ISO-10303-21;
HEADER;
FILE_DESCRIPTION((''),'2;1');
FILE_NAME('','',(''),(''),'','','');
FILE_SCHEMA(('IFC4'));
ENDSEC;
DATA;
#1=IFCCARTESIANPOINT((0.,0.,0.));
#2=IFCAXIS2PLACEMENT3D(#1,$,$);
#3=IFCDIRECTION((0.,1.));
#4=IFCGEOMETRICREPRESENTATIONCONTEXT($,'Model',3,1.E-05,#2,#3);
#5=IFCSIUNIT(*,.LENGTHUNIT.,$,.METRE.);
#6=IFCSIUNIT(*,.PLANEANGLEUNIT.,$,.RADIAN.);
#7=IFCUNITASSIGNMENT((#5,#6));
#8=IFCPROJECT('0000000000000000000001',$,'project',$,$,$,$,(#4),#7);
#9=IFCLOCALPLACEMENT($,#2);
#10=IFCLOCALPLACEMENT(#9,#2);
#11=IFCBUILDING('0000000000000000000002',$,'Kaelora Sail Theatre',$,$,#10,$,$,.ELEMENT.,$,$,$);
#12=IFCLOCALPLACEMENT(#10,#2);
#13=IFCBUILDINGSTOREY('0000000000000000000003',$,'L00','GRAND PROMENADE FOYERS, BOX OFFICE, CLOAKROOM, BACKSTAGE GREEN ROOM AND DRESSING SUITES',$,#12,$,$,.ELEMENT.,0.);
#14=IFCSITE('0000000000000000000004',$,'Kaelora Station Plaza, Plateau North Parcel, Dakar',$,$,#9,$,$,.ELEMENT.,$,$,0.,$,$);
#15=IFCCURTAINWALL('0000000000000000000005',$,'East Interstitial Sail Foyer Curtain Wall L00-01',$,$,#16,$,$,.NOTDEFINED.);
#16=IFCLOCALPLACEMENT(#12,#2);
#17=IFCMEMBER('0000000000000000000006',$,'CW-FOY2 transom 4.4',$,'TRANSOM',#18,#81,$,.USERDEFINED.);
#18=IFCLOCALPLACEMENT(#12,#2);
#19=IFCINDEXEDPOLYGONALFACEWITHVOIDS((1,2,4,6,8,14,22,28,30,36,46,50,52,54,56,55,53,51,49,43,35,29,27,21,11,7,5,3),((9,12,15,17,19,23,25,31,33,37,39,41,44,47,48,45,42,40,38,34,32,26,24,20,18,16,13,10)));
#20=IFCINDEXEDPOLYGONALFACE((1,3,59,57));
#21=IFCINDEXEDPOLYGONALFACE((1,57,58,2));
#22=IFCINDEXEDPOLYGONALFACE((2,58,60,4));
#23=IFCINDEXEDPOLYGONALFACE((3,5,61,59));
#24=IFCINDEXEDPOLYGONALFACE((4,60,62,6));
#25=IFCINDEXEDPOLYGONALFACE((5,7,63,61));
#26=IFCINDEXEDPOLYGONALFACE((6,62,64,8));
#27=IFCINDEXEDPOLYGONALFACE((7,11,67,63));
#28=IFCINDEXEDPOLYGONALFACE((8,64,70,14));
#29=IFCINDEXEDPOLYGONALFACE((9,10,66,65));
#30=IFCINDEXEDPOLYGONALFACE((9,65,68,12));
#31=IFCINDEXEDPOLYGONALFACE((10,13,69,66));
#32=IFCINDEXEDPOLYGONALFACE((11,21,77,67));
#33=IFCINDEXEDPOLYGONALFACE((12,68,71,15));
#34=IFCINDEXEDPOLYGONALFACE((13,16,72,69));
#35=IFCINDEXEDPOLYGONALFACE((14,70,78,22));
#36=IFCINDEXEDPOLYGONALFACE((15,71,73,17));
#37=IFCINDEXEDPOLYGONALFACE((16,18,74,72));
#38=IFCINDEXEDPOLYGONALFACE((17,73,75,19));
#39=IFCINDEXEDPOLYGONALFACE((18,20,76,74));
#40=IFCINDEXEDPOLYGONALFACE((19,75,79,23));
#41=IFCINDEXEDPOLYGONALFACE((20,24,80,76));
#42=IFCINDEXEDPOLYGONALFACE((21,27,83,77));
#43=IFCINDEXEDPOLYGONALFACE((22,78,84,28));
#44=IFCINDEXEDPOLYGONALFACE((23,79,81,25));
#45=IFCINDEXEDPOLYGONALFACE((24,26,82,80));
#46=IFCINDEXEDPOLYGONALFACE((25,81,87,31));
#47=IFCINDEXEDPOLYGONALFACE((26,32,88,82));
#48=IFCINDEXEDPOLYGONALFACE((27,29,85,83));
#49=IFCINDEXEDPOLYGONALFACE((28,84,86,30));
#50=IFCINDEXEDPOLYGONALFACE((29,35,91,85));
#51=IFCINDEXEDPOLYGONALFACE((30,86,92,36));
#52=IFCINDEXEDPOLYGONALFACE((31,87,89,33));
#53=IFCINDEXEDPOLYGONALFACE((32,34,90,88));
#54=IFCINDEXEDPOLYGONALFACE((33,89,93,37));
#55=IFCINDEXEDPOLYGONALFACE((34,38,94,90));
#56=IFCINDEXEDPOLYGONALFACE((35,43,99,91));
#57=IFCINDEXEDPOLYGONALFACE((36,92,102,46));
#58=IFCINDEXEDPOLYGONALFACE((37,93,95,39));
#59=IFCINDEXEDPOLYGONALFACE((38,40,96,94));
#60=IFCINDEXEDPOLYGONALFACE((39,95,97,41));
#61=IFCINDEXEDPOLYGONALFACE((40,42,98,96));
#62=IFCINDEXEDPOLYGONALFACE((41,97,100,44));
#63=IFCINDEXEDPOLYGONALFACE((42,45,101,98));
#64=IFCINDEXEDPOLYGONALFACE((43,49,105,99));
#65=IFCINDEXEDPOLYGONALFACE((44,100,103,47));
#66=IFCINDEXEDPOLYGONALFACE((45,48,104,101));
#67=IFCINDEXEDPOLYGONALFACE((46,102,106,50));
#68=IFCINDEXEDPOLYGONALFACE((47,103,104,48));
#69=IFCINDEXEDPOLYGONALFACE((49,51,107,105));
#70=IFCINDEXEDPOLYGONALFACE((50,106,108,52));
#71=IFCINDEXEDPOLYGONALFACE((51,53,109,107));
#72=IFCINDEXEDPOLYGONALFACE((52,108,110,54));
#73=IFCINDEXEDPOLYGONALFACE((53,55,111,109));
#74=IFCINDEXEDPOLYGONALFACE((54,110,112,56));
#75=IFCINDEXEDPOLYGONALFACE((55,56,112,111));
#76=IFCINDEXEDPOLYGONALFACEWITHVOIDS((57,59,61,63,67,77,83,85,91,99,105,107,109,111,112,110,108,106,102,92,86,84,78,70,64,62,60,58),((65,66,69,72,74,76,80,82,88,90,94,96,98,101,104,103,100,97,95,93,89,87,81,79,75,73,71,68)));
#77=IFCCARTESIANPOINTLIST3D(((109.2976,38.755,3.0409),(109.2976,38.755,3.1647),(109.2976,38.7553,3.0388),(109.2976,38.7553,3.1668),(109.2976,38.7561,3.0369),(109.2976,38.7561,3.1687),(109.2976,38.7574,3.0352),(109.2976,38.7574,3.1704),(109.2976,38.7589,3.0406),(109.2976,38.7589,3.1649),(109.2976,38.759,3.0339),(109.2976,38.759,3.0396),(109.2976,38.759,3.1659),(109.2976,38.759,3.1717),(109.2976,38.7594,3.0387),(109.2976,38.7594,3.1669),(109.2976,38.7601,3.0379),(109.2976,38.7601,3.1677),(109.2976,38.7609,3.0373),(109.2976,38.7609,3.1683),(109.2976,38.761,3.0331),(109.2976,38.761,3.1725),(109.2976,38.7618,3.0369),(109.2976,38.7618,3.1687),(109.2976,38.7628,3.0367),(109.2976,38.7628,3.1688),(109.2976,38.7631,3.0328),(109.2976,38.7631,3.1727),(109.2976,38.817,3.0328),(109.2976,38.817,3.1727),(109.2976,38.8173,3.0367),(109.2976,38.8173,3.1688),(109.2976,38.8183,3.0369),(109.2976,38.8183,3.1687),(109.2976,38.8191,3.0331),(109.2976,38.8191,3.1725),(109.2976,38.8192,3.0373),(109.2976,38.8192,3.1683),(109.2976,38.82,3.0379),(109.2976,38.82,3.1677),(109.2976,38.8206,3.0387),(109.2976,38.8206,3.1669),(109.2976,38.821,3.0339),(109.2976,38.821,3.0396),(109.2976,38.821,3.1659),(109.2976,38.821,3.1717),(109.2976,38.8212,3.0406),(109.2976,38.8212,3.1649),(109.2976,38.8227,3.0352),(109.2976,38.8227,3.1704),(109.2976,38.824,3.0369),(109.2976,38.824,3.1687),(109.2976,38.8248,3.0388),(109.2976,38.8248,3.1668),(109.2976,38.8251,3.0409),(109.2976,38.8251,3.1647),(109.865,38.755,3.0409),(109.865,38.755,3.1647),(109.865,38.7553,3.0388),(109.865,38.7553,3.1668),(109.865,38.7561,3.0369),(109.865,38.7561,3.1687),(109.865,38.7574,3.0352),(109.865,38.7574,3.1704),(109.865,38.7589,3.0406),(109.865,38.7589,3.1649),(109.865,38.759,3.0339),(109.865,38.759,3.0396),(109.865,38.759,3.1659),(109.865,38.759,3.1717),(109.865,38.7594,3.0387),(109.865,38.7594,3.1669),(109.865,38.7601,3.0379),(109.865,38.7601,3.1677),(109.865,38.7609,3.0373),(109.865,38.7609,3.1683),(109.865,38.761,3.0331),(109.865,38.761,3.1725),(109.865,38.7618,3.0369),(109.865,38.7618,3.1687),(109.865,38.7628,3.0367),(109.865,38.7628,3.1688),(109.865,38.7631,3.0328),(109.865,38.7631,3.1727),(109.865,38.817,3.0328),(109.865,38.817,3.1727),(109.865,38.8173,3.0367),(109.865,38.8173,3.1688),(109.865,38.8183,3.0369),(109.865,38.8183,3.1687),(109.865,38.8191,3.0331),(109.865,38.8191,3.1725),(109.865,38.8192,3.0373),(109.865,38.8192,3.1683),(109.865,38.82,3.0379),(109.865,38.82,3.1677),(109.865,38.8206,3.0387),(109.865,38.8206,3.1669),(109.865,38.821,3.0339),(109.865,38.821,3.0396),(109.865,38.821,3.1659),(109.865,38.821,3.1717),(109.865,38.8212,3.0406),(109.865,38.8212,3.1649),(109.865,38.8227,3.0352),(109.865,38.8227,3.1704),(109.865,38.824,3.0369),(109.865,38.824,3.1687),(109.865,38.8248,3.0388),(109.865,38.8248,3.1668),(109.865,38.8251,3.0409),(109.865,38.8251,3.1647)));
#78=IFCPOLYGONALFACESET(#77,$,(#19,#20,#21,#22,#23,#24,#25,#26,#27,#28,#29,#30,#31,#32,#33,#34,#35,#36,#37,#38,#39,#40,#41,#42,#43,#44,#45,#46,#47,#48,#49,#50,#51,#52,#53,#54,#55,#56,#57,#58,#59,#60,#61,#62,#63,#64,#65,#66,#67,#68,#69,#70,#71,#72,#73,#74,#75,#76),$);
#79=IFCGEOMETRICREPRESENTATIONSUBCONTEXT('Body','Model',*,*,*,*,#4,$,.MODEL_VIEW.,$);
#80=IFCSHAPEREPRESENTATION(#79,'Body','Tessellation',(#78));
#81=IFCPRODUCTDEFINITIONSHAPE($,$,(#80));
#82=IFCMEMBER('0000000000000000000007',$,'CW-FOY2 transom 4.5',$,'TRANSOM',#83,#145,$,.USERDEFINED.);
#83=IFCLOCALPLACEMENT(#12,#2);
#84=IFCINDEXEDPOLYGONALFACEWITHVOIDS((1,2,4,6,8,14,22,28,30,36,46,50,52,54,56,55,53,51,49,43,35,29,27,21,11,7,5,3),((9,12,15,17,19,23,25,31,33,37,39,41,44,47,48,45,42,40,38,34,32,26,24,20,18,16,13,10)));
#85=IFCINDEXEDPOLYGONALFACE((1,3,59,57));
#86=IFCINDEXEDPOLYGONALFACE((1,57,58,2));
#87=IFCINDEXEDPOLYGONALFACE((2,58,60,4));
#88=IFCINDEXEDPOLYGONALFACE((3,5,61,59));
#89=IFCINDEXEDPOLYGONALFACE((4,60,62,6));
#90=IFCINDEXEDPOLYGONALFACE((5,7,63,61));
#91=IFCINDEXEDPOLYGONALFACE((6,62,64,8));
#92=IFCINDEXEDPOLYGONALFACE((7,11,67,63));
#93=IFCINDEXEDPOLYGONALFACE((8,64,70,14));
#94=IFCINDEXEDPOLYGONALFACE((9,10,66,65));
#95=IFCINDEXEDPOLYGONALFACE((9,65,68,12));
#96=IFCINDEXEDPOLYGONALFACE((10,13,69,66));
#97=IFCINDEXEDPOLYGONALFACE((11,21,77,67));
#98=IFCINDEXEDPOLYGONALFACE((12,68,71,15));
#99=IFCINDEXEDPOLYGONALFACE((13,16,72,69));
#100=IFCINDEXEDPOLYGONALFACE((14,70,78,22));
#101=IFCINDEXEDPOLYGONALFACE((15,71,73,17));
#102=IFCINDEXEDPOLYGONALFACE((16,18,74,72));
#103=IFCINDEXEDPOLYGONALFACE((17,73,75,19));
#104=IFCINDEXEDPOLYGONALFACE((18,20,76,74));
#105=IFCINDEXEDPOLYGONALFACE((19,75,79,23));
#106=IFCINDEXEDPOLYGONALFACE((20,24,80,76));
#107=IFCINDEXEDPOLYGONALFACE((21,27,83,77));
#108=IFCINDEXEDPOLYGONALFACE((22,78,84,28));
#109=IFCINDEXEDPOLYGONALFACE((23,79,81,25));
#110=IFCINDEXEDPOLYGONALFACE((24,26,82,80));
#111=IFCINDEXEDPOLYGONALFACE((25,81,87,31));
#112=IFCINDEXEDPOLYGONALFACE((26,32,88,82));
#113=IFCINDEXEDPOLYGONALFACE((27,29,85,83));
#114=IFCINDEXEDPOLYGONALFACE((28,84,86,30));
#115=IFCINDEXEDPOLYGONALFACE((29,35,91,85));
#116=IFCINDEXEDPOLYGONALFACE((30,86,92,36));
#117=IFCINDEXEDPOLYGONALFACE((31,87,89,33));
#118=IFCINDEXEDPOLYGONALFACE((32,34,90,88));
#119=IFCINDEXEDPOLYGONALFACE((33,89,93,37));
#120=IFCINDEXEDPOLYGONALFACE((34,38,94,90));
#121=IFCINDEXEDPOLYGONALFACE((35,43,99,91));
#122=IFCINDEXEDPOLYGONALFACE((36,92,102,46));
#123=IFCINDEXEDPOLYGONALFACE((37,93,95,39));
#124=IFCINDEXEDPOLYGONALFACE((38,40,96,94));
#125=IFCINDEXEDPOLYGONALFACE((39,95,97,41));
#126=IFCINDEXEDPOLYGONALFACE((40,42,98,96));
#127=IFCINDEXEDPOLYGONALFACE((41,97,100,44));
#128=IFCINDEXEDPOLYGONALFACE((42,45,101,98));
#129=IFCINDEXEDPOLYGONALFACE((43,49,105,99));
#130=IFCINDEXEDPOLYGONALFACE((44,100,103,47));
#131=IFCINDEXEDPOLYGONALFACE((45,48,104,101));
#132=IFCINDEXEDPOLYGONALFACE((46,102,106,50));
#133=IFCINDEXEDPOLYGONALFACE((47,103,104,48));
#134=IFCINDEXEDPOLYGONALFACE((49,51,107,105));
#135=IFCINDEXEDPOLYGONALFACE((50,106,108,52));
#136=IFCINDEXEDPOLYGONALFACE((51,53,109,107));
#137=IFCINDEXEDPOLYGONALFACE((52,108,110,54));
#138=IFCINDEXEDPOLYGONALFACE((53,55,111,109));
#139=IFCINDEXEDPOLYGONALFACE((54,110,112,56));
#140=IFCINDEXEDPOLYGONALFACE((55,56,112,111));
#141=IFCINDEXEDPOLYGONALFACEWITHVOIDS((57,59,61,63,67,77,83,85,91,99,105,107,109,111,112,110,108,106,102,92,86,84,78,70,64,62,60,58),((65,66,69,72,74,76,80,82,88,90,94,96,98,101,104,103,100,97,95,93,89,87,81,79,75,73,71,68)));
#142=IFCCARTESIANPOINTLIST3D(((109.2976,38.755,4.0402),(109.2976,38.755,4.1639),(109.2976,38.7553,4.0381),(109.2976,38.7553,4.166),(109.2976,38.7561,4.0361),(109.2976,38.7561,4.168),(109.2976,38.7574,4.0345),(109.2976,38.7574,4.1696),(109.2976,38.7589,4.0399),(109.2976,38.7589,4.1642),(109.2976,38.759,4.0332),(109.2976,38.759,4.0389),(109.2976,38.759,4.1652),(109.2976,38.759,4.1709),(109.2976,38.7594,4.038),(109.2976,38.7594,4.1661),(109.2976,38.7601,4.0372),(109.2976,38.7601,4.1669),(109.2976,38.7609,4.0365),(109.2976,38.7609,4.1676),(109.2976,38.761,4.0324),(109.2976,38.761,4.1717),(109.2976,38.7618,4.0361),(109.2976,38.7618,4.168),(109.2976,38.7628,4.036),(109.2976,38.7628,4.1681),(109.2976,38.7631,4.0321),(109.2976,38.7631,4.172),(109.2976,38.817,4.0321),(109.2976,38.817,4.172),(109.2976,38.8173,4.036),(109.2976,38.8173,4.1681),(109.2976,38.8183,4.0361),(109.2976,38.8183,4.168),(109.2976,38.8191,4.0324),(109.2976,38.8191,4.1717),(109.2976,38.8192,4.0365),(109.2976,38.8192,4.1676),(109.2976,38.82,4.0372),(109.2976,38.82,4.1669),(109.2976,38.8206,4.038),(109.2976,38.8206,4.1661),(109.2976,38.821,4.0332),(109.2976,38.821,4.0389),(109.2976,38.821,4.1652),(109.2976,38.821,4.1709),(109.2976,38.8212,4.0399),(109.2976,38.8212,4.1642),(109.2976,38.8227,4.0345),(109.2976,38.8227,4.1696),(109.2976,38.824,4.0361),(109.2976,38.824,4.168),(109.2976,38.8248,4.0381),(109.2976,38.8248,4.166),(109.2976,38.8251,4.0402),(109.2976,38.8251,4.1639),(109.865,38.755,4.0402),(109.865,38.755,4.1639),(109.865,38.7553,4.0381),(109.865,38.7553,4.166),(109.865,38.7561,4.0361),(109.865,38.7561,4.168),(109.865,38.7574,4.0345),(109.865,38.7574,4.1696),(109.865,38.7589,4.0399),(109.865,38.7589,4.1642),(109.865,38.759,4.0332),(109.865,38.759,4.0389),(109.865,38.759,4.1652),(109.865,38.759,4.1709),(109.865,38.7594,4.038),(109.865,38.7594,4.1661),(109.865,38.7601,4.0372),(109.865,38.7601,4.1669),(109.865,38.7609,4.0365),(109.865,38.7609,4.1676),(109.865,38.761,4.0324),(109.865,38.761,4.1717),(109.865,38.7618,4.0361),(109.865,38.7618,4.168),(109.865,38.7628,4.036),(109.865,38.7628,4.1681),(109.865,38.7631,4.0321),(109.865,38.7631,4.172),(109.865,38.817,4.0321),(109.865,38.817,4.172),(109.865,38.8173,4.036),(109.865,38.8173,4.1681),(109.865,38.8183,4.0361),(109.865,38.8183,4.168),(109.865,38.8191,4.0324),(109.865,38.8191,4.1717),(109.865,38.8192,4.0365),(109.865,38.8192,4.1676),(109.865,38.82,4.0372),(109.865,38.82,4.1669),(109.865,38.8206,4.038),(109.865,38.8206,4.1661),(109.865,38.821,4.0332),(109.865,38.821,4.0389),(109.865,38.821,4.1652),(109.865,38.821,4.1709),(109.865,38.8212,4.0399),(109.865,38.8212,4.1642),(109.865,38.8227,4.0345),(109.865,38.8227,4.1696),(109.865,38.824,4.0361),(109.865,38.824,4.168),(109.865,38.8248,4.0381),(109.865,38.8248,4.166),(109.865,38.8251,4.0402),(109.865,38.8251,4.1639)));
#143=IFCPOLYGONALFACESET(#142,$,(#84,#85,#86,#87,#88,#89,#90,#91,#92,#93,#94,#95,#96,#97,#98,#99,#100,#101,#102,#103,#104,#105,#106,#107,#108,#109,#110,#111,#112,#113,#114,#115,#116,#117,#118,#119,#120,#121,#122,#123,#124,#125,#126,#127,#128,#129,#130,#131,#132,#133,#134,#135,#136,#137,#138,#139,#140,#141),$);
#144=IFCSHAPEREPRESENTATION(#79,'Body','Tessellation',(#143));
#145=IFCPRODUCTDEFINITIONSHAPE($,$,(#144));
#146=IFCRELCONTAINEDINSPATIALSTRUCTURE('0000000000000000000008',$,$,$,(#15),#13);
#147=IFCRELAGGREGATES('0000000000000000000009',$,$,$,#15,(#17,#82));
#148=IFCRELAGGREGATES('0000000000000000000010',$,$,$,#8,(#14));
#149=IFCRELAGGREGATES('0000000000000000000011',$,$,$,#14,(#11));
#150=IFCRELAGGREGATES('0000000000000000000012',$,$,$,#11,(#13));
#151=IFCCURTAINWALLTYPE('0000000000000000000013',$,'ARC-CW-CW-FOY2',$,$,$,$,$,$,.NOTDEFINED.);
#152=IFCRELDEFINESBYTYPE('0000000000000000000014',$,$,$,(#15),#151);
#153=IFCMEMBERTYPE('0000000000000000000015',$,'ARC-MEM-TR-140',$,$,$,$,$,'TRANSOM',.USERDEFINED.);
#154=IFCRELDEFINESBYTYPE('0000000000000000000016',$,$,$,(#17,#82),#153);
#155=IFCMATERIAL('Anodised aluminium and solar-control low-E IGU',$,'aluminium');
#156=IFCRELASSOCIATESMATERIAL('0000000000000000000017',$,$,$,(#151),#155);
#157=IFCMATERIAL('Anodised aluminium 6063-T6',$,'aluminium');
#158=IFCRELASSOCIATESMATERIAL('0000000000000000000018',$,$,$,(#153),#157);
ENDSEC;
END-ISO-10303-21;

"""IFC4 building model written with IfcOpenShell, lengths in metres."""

from ifc_helpers import new_model, si_unit, direction, frame, origin, origin_2d, place, context, subcontext, project, spatial, hollow_rectangle, extrude, material, material_profile, profile_set, type_object, element, aggregate, save


model = new_model("IFC4")

# Units and contexts
model_context = context("Model", 3, precision=1e-05, world=origin(), true_north=direction((0.0, 1.0)))
body_context = subcontext(model_context, "Body", "Model", "MODEL_VIEW")
ifc_project = project(units=[si_unit("LENGTHUNIT", "METRE"), si_unit("PLANEANGLEUNIT", "RADIAN")], contexts=[model_context])

# Site, building, storey
site_placement = place(None, origin())
site = spatial("IfcSite", under=ifc_project, at=site_placement, Name="Kaelora Station Plaza, Plateau North Parcel, Dakar", CompositionType="ELEMENT", RefElevation=0.0)
building_placement = place(site_placement, origin())
building = spatial("IfcBuilding", under=site, at=building_placement, Name="Kaelora Sail Theatre", CompositionType="ELEMENT")
storey_placement = place(building_placement, origin())
storey = spatial("IfcBuildingStorey", under=building, at=storey_placement, Name="L00", Description="GRAND PROMENADE FOYERS, BOX OFFICE, CLOAKROOM, BACKSTAGE GREEN ROOM AND DRESSING SUITES", CompositionType="ELEMENT", Elevation=0.0)

# Curtain wall, members
ifc_material_1 = material(Name="Anodised aluminium and solar-control low-E IGU", Category="aluminium")
curtain_wall_type = type_object("IfcCurtainWallType", Name="ARC-CW-CW-FOY2", PredefinedType="NOTDEFINED", material=ifc_material_1)
curtain_wall_1_placement = place(storey_placement, origin())
curtain_wall_1 = element("IfcCurtainWall", 1, at=curtain_wall_1_placement, inside=storey, type_object=curtain_wall_type, Name="East Interstitial Sail Foyer Curtain Wall L00-01", PredefinedType="NOTDEFINED")
ifc_material_2 = material(Name="Anodised aluminium 6063-T6", Category="aluminium")
ifc_material_profile = material_profile(ifc_material_2, hollow_rectangle(XDim=0.0701, YDim=0.1399, WallThickness=0.0039, InnerFilletRadius=0.0039, OuterFilletRadius=0.0081, at=origin_2d()), Name="ALU-TRAN 70x140x4")
ifc_profile_set = profile_set([ifc_material_profile], Name="Anodised aluminium 6063-T6")
member_type = type_object("IfcMemberType", Name="ARC-MEM-TR-140", ElementType="TRANSOM", PredefinedType="USERDEFINED", material=ifc_profile_set)
member_1_placement = place(storey_placement, frame((109.2976, 38.79, 3.1028), z_axis=(1.0, 0.0, 0.0), x_axis=(0.0, 1.0, 0.0)))
member_1 = element("IfcMember", 2, at=member_1_placement, type_object=member_type, Name="CW-FOY2 transom 4.4", ObjectType="TRANSOM", PredefinedType="USERDEFINED", context=body_context, shape_type="SweptSolid", body=[
    extrude(hollow_rectangle(XDim=0.0701, YDim=0.1399, WallThickness=0.0039, InnerFilletRadius=0.0039, OuterFilletRadius=0.0081, at=origin_2d()), origin(), (0.0, 0.0, 1.0), 0.5674),
])
member_2_placement = place(storey_placement, frame((109.2976, 38.79, 4.1021), z_axis=(1.0, 0.0, 0.0), x_axis=(0.0, 1.0, 0.0)))
member_2 = element("IfcMember", 3, at=member_2_placement, type_object=member_type, Name="CW-FOY2 transom 4.5", ObjectType="TRANSOM", PredefinedType="USERDEFINED", context=body_context, shape_type="SweptSolid", body=[
    extrude(hollow_rectangle(XDim=0.0701, YDim=0.1399, WallThickness=0.0039, InnerFilletRadius=0.0039, OuterFilletRadius=0.0081, at=origin_2d()), origin(), (0.0, 0.0, 1.0), 0.5674),
])

aggregate(curtain_wall_1, [member_1, member_2])

save(model, "model.ifc")
